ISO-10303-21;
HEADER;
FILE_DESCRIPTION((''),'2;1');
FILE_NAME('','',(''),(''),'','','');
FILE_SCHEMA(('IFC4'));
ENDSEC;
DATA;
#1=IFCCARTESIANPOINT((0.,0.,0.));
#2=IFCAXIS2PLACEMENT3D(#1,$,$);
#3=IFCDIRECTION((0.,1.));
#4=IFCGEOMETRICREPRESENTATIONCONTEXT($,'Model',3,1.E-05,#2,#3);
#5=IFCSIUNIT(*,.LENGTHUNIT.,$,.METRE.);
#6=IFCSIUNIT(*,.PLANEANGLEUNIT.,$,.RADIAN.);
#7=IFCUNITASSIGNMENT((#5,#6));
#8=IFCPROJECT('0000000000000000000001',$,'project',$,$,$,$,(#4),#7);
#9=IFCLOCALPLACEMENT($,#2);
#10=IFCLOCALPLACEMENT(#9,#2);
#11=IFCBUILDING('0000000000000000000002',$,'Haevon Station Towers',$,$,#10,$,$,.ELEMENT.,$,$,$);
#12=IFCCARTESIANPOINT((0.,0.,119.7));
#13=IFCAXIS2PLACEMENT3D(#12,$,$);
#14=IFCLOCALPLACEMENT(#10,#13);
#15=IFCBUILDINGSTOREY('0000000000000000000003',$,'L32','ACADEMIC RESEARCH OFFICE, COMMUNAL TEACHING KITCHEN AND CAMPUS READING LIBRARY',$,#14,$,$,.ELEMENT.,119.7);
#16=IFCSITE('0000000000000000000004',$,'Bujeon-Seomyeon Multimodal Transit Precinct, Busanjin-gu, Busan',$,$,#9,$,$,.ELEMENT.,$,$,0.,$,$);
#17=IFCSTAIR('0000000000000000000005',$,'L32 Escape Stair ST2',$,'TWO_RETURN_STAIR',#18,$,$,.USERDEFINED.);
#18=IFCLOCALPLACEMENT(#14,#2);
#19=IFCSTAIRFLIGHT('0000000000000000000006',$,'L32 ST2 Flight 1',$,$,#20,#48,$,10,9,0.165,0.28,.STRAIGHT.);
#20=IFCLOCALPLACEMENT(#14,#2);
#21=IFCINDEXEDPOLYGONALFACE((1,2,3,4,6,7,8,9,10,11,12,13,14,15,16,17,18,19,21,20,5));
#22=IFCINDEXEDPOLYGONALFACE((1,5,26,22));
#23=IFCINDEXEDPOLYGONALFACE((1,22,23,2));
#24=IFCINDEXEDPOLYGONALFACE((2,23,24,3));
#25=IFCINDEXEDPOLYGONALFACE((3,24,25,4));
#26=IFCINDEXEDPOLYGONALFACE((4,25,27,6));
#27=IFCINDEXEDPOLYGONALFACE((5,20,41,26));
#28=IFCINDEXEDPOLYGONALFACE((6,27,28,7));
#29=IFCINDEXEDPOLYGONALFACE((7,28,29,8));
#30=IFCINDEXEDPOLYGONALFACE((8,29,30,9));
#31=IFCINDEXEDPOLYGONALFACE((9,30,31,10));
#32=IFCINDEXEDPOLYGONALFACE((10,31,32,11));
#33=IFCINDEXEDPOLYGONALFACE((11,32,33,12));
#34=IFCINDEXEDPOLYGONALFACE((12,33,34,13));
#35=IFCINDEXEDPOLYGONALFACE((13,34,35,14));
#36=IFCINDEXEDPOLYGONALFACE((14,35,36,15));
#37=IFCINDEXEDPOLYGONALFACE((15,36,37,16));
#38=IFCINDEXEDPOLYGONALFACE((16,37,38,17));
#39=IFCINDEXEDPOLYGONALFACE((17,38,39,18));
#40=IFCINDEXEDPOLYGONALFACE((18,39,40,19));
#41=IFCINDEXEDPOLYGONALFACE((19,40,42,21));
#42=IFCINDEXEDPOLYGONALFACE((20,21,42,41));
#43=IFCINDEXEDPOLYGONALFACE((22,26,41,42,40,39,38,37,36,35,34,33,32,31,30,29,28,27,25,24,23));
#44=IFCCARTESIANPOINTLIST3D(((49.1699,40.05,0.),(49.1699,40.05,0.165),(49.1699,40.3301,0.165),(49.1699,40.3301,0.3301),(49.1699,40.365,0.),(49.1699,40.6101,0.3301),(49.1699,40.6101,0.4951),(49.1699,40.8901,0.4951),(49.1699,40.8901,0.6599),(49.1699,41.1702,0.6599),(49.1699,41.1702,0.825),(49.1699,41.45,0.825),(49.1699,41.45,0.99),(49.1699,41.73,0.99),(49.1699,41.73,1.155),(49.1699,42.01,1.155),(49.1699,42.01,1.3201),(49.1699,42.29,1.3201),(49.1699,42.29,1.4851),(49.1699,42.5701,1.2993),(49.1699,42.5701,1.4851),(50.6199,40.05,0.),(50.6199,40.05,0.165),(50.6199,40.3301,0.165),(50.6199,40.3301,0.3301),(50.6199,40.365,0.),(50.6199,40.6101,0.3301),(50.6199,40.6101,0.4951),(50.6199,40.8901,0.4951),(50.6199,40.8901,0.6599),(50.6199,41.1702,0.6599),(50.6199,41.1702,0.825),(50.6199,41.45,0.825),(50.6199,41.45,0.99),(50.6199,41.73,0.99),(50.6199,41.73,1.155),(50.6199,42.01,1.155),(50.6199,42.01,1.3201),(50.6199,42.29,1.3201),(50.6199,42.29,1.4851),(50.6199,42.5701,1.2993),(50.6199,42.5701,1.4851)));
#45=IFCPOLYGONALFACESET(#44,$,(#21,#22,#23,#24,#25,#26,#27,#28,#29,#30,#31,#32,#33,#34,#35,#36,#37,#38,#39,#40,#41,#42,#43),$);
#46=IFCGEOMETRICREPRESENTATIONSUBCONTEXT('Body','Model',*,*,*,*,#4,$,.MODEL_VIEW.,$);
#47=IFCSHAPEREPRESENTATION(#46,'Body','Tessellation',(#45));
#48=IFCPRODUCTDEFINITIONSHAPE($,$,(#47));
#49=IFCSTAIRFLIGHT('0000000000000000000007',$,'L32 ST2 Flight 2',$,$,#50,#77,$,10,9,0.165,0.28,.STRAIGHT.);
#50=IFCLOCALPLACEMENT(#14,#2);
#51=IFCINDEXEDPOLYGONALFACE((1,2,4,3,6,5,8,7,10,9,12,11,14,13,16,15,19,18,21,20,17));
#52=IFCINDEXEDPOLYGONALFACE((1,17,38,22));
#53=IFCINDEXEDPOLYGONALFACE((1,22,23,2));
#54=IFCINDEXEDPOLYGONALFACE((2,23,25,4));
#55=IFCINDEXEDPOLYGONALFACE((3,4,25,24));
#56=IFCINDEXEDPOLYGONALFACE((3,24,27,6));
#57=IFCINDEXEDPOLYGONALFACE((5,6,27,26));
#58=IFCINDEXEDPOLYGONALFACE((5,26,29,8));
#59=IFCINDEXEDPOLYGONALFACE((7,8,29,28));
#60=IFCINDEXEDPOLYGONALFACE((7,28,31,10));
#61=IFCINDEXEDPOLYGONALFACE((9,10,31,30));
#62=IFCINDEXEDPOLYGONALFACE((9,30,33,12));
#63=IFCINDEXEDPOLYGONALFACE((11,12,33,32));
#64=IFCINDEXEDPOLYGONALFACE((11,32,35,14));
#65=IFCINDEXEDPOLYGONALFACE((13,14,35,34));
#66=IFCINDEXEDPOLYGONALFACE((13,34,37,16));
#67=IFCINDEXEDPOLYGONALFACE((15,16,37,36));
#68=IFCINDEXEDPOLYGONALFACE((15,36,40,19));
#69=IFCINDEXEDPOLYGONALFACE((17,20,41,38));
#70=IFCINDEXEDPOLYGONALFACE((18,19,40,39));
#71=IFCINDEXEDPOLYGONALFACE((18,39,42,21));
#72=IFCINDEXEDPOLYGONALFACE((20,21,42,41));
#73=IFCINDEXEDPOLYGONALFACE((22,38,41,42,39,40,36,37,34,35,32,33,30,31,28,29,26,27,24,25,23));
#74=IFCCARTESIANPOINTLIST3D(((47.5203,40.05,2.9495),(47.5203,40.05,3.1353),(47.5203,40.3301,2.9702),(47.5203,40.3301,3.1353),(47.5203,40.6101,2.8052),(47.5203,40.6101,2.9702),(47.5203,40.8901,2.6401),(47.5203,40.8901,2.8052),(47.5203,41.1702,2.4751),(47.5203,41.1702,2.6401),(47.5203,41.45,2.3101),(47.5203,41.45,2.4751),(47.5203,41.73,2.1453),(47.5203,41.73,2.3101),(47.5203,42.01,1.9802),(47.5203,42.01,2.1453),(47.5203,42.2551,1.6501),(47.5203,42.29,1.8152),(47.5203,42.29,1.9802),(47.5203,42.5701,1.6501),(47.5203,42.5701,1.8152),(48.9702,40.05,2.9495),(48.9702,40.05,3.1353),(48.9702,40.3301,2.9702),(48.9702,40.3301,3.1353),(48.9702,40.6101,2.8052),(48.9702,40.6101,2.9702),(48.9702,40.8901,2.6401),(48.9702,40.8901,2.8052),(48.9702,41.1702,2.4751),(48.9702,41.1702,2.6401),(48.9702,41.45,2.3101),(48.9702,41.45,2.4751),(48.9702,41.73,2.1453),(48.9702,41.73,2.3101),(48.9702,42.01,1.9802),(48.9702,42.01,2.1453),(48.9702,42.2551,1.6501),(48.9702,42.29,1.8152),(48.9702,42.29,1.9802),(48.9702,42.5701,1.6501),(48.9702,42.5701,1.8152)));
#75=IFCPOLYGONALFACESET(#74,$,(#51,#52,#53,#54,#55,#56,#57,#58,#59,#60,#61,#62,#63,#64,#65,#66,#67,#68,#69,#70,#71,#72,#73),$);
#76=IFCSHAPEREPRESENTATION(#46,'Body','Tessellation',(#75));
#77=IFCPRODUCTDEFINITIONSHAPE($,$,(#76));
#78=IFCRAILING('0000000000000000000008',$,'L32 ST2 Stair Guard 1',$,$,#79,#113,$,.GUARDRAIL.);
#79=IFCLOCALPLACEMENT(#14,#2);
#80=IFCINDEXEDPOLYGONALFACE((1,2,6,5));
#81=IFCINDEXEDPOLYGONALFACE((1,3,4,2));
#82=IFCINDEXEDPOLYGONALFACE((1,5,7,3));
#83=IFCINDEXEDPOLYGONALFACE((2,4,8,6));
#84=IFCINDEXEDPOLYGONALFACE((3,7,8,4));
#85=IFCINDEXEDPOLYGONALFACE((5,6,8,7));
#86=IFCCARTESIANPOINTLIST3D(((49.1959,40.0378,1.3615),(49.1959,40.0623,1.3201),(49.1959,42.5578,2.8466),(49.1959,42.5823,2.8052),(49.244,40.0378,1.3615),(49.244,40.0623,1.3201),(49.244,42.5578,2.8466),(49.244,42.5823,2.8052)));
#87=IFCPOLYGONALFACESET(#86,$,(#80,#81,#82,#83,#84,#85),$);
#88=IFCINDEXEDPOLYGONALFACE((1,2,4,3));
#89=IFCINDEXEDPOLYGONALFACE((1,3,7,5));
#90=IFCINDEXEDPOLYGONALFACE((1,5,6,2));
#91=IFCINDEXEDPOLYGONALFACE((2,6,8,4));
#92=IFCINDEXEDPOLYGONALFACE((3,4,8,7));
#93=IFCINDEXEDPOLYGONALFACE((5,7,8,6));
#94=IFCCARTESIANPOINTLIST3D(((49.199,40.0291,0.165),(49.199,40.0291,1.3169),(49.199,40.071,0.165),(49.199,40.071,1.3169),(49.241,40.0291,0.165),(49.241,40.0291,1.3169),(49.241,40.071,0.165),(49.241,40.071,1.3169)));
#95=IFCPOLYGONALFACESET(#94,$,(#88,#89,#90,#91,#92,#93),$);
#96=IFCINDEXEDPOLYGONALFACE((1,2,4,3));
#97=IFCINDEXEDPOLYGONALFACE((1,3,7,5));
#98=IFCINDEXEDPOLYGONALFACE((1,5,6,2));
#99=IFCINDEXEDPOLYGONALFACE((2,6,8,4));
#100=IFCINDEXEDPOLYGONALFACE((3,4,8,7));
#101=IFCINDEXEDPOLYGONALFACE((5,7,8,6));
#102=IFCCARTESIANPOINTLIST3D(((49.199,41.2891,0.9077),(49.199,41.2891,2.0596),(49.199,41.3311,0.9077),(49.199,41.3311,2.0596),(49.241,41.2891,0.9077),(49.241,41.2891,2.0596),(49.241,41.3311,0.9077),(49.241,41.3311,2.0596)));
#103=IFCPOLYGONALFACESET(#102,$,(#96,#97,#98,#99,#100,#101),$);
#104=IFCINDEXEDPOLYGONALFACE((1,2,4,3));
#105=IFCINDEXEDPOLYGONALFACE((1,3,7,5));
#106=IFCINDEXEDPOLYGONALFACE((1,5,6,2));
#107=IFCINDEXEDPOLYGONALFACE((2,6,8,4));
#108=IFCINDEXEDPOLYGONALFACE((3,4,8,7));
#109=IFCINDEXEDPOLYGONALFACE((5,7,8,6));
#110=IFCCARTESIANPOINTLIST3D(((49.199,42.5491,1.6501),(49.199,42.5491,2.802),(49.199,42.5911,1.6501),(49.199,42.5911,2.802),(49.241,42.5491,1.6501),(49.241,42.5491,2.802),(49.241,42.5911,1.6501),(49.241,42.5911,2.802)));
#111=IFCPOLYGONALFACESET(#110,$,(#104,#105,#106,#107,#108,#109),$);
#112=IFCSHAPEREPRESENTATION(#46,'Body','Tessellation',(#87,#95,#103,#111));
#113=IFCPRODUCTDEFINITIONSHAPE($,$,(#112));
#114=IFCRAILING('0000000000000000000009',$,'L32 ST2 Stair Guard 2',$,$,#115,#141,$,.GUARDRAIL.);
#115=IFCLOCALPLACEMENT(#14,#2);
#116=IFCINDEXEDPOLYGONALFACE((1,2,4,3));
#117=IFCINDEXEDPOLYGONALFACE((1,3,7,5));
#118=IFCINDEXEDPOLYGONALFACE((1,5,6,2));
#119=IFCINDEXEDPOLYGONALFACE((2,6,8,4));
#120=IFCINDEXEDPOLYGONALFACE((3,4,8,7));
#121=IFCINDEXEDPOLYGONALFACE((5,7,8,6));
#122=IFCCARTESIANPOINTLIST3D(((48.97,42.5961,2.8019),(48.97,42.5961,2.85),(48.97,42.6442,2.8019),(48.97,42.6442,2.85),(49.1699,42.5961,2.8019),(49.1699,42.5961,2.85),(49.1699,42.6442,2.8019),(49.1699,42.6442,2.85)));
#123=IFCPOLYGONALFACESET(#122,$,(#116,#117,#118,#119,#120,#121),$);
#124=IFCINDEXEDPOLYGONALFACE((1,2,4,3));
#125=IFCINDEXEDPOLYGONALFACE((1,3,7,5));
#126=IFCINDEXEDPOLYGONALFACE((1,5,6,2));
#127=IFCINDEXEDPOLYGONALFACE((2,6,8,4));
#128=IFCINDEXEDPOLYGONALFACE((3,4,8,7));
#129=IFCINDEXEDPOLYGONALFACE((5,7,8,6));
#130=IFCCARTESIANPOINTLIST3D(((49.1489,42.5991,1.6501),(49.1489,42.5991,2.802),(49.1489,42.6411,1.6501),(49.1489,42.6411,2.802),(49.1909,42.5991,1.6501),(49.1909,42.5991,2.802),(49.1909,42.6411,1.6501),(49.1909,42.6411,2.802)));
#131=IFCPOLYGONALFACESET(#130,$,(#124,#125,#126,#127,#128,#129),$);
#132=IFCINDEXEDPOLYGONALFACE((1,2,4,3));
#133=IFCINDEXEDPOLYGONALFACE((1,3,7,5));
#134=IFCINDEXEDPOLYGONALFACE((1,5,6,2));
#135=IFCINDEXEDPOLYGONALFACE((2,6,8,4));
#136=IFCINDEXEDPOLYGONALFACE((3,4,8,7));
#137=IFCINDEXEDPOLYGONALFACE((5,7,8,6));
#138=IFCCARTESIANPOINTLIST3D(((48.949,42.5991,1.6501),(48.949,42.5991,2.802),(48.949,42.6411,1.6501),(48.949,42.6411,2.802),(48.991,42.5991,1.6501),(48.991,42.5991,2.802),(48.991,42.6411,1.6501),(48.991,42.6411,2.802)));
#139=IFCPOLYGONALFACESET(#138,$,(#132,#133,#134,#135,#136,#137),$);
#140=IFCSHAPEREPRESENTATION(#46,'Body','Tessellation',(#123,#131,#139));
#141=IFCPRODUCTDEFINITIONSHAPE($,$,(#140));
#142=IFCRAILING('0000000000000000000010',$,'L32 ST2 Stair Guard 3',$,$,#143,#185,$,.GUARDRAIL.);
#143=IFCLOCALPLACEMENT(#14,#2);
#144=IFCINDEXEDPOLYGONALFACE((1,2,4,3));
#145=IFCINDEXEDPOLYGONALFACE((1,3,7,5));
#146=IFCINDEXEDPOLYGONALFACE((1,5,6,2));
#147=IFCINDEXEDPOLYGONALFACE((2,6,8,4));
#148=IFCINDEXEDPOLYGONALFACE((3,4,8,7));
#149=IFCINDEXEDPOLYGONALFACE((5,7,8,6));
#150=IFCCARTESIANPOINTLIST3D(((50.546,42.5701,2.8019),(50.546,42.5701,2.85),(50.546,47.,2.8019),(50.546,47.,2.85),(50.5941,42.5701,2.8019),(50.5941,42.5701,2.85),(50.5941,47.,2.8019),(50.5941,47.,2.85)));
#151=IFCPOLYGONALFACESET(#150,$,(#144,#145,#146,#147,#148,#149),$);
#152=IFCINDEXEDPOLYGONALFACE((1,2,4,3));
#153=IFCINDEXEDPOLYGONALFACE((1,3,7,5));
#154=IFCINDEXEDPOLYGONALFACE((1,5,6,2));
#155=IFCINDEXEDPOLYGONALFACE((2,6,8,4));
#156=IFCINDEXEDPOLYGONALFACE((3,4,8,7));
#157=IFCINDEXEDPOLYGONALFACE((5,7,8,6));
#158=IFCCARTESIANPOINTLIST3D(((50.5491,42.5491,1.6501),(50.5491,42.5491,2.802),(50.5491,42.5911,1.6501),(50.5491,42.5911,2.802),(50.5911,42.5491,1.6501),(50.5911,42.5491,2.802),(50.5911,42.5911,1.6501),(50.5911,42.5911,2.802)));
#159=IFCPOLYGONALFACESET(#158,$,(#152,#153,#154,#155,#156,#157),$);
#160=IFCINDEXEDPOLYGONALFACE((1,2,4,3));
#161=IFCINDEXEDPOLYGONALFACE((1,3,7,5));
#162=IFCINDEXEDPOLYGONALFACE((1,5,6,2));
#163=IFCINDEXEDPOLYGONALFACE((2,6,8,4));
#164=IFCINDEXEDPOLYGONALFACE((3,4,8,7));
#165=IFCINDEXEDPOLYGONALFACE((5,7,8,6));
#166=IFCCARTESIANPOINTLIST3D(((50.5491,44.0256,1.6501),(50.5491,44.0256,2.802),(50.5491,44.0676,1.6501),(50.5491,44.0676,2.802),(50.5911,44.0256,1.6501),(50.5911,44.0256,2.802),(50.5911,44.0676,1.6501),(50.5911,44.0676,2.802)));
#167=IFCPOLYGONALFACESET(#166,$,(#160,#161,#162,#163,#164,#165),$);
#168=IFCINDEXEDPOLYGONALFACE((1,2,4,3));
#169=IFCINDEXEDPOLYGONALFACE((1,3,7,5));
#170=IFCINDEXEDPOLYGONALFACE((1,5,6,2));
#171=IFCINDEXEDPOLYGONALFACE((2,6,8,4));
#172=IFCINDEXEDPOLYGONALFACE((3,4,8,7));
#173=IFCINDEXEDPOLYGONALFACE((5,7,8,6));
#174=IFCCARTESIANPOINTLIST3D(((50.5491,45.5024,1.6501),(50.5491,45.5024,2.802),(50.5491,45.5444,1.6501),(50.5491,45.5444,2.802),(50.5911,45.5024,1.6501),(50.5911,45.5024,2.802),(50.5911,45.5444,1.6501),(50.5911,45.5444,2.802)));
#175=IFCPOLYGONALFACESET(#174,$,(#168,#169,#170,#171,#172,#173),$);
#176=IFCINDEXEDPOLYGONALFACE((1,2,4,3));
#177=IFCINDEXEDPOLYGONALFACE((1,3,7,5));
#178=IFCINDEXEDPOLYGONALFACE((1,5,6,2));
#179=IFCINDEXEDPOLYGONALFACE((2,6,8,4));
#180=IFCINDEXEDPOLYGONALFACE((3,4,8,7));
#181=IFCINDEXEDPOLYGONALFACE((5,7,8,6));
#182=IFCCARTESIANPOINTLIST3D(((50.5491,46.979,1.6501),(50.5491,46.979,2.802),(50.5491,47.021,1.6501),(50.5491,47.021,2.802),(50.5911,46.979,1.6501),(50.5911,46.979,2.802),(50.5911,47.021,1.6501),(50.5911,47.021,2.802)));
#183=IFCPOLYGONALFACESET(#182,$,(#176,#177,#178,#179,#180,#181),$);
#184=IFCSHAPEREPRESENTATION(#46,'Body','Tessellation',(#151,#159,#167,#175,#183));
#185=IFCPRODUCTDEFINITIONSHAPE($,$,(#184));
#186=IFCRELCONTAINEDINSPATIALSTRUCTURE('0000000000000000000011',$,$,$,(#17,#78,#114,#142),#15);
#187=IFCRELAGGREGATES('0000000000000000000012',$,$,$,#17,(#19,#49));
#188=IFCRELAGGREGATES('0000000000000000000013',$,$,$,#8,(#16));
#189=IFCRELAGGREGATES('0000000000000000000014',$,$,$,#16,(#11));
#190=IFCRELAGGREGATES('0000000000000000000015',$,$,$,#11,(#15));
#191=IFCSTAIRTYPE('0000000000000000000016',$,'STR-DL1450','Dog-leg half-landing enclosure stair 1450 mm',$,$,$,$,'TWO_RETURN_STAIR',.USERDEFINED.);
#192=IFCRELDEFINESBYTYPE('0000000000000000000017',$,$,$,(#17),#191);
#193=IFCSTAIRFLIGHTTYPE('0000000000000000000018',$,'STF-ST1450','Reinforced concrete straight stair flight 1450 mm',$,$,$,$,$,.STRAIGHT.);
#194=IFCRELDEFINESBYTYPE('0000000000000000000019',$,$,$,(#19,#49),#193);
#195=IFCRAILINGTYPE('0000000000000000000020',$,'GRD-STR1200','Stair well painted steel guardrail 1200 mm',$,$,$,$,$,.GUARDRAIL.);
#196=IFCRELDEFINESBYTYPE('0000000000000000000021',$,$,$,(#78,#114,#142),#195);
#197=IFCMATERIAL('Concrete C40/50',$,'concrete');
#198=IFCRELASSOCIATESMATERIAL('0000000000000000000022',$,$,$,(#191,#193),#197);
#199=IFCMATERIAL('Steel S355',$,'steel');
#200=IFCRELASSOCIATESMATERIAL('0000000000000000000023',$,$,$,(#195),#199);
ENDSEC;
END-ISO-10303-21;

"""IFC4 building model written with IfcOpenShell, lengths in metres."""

from ifc_helpers import new_model, si_unit, direction, frame, origin, origin_2d, place, context, subcontext, project, spatial, polyline, rectangle, outline, extrude, material, type_object, element, aggregate, save


model = new_model("IFC4")

# Units and contexts
model_context = context("Model", 3, precision=1e-05, world=origin(), true_north=direction((0.0, 1.0)))
body_context = subcontext(model_context, "Body", "Model", "MODEL_VIEW")
ifc_project = project(units=[si_unit("LENGTHUNIT", "METRE"), si_unit("PLANEANGLEUNIT", "RADIAN")], contexts=[model_context])

# Site, building, storey
site_placement = place(None, origin())
site = spatial("IfcSite", under=ifc_project, at=site_placement, Name="Bujeon-Seomyeon Multimodal Transit Precinct, Busanjin-gu, Busan", CompositionType="ELEMENT", RefElevation=0.0)
building_placement = place(site_placement, origin())
building = spatial("IfcBuilding", under=site, at=building_placement, Name="Haevon Station Towers", CompositionType="ELEMENT")
storey_placement = place(building_placement, frame((0.0, 0.0, 119.7)))
storey = spatial("IfcBuildingStorey", under=building, at=storey_placement, Name="L32", Description="ACADEMIC RESEARCH OFFICE, COMMUNAL TEACHING KITCHEN AND CAMPUS READING LIBRARY", CompositionType="ELEMENT", Elevation=119.7)

# Shared definitions
ifc_material_1 = material(Name="Steel S355", Category="steel")

# Shared definitions
ifc_material_2 = material(Name="Concrete C40/50", Category="concrete")

# Stair, stair flights
stair_type = type_object("IfcStairType", Name="STR-DL1450", Description="Dog-leg half-landing enclosure stair 1450 mm", ElementType="TWO_RETURN_STAIR", PredefinedType="USERDEFINED", material=ifc_material_2)
stair_placement = place(storey_placement, origin())
stair = element("IfcStair", 1, at=stair_placement, inside=storey, type_object=stair_type, Name="L32 Escape Stair ST2", ObjectType="TWO_RETURN_STAIR", PredefinedType="USERDEFINED")
stair_flight_type = type_object("IfcStairFlightType", Name="STF-ST1450", Description="Reinforced concrete straight stair flight 1450 mm", PredefinedType="STRAIGHT", material=ifc_material_2)
stair_flight_1_placement = place(storey_placement, frame((49.895, 40.05, 0.0), z_axis=(0.0, 0.0, 1.0), x_axis=(0.0, 1.0, 0.0)))
stair_flight_1 = element("IfcStairFlight", 2, at=stair_flight_1_placement, type_object=stair_flight_type, Name="L32 ST2 Flight 1", NumberOfRisers=10, NumberOfTreads=9, PredefinedType="STRAIGHT", RiserHeight=0.165, TreadLength=0.28, context=body_context, shape_type="SweptSolid", body=[
    extrude(outline(polyline([(0.0, 0.0), (0.0, 0.165), (0.28, 0.165), (0.28, 0.3301), (0.5601, 0.3301), (0.5601, 0.4951), (0.8401, 0.4951), (0.8401, 0.6599), (1.1201, 0.6599), (1.1201, 0.825), (1.3999, 0.825), (1.3999, 0.99), (1.6799, 0.99), (1.6799, 1.155), (1.96, 1.155), (1.96, 1.3201), (2.24, 1.3201), (2.24, 1.4851), (2.52, 1.4851), (2.52, 1.6499), (2.52, 1.2993), (0.3149, 0.0), (0.0, 0.0)])), frame((0.0, 0.7251, 0.0), z_axis=(0.0, -1.0, 0.0), x_axis=(1.0, 0.0, 0.0)), (0.0, 0.0, 1.0), 1.45),
])
stair_flight_2_placement = place(storey_placement, frame((48.2451, 42.5701, 1.6501), z_axis=(0.0, 0.0, 1.0), x_axis=(0.0, -1.0, 0.0)))
stair_flight_2 = element("IfcStairFlight", 3, at=stair_flight_2_placement, type_object=stair_flight_type, Name="L32 ST2 Flight 2", NumberOfRisers=10, NumberOfTreads=9, PredefinedType="STRAIGHT", RiserHeight=0.165, TreadLength=0.28, context=body_context, shape_type="SweptSolid", body=[
    extrude(outline(polyline([(0.0, 0.0), (0.0, 0.165), (0.28, 0.165), (0.28, 0.3301), (0.5601, 0.3301), (0.5601, 0.4951), (0.8401, 0.4951), (0.8401, 0.6599), (1.1201, 0.6599), (1.1201, 0.825), (1.3999, 0.825), (1.3999, 0.99), (1.6799, 0.99), (1.6799, 1.155), (1.96, 1.155), (1.96, 1.3201), (2.24, 1.3201), (2.24, 1.4851), (2.52, 1.4851), (2.52, 1.6499), (2.52, 1.2993), (0.3149, 0.0), (0.0, 0.0)])), frame((0.0, 0.7251, 0.0), z_axis=(0.0, -1.0, 0.0), x_axis=(1.0, 0.0, 0.0)), (0.0, 0.0, 1.0), 1.45),
])
aggregate(stair, [stair_flight_1, stair_flight_2])

# Railings
railing_type_1 = type_object("IfcRailingType", Name="GRD-STR1200", Description="Stair well painted steel guardrail 1200 mm", PredefinedType="GUARDRAIL", material=ifc_material_1)
railing_1_placement = place(storey_placement, frame((49.22, 40.05, 0.165)))
element("IfcRailing", 4, at=railing_1_placement, inside=storey, type_object=railing_type_1, Name="L32 ST2 Stair Guard 1", PredefinedType="GUARDRAIL", context=body_context, shape_type="SweptSolid", body=[
    extrude(rectangle(XDim=0.0481, YDim=0.0481, at=origin_2d()), frame((0.0, 0.0, 1.1758), z_axis=(0.0, 0.861524, 0.507717), x_axis=(-1.0, 0.0, 0.0)), (0.0, 0.0, 1.0), 2.925),
    extrude(rectangle(XDim=0.042, YDim=0.042, at=origin_2d()), origin(), (0.0, 0.0, 1.0), 1.1519),
    extrude(rectangle(XDim=0.042, YDim=0.042, at=origin_2d()), frame((0.0, 1.26, 0.7427)), (0.0, 0.0, 1.0), 1.1519),
    extrude(rectangle(XDim=0.042, YDim=0.042, at=origin_2d()), frame((0.0, 2.52, 1.4851)), (0.0, 0.0, 1.0), 1.1519),
])
railing_2_placement = place(storey_placement, frame((49.1699, 42.6201, 1.6501)))
element("IfcRailing", 5, at=railing_2_placement, inside=storey, type_object=railing_type_1, Name="L32 ST2 Stair Guard 2", PredefinedType="GUARDRAIL", context=body_context, shape_type="SweptSolid", body=[
    extrude(rectangle(XDim=0.0481, YDim=0.0481, at=origin_2d()), frame((0.0, 0.0, 1.1758), z_axis=(-1.0, 0.0, 0.0), x_axis=(0.0, -1.0, 0.0)), (0.0, 0.0, 1.0), 0.2),
    extrude(rectangle(XDim=0.042, YDim=0.042, at=origin_2d()), origin(), (0.0, 0.0, 1.0), 1.1519),
    extrude(rectangle(XDim=0.042, YDim=0.042, at=origin_2d()), frame((-0.2, 0.0, 0.0)), (0.0, 0.0, 1.0), 1.1519),
])
for number, where, name in (
    (6, (50.5701, 42.5701, 1.6501), "L32 ST2 Stair Guard 3"),
):
    element("IfcRailing", number, at=place(storey_placement, frame(where)), inside=storey, type_object=railing_type_1, Name=name, PredefinedType="GUARDRAIL", context=body_context, shape_type="SweptSolid", body=[
        extrude(rectangle(XDim=0.0481, YDim=0.0481, at=origin_2d()), frame((0.0, 0.0, 1.1758), z_axis=(0.0, 1.0, 0.0), x_axis=(-1.0, 0.0, 0.0)), (0.0, 0.0, 1.0), 4.4299),
        extrude(rectangle(XDim=0.042, YDim=0.042, at=origin_2d()), origin(), (0.0, 0.0, 1.0), 1.1519),
        extrude(rectangle(XDim=0.042, YDim=0.042, at=origin_2d()), frame((0.0, 1.4766, 0.0)), (0.0, 0.0, 1.0), 1.1519),
        extrude(rectangle(XDim=0.042, YDim=0.042, at=origin_2d()), frame((0.0, 2.9534, 0.0)), (0.0, 0.0, 1.0), 1.1519),
        extrude(rectangle(XDim=0.042, YDim=0.042, at=origin_2d()), frame((0.0, 4.4299, 0.0)), (0.0, 0.0, 1.0), 1.1519),
    ])

save(model, "model.ifc")
